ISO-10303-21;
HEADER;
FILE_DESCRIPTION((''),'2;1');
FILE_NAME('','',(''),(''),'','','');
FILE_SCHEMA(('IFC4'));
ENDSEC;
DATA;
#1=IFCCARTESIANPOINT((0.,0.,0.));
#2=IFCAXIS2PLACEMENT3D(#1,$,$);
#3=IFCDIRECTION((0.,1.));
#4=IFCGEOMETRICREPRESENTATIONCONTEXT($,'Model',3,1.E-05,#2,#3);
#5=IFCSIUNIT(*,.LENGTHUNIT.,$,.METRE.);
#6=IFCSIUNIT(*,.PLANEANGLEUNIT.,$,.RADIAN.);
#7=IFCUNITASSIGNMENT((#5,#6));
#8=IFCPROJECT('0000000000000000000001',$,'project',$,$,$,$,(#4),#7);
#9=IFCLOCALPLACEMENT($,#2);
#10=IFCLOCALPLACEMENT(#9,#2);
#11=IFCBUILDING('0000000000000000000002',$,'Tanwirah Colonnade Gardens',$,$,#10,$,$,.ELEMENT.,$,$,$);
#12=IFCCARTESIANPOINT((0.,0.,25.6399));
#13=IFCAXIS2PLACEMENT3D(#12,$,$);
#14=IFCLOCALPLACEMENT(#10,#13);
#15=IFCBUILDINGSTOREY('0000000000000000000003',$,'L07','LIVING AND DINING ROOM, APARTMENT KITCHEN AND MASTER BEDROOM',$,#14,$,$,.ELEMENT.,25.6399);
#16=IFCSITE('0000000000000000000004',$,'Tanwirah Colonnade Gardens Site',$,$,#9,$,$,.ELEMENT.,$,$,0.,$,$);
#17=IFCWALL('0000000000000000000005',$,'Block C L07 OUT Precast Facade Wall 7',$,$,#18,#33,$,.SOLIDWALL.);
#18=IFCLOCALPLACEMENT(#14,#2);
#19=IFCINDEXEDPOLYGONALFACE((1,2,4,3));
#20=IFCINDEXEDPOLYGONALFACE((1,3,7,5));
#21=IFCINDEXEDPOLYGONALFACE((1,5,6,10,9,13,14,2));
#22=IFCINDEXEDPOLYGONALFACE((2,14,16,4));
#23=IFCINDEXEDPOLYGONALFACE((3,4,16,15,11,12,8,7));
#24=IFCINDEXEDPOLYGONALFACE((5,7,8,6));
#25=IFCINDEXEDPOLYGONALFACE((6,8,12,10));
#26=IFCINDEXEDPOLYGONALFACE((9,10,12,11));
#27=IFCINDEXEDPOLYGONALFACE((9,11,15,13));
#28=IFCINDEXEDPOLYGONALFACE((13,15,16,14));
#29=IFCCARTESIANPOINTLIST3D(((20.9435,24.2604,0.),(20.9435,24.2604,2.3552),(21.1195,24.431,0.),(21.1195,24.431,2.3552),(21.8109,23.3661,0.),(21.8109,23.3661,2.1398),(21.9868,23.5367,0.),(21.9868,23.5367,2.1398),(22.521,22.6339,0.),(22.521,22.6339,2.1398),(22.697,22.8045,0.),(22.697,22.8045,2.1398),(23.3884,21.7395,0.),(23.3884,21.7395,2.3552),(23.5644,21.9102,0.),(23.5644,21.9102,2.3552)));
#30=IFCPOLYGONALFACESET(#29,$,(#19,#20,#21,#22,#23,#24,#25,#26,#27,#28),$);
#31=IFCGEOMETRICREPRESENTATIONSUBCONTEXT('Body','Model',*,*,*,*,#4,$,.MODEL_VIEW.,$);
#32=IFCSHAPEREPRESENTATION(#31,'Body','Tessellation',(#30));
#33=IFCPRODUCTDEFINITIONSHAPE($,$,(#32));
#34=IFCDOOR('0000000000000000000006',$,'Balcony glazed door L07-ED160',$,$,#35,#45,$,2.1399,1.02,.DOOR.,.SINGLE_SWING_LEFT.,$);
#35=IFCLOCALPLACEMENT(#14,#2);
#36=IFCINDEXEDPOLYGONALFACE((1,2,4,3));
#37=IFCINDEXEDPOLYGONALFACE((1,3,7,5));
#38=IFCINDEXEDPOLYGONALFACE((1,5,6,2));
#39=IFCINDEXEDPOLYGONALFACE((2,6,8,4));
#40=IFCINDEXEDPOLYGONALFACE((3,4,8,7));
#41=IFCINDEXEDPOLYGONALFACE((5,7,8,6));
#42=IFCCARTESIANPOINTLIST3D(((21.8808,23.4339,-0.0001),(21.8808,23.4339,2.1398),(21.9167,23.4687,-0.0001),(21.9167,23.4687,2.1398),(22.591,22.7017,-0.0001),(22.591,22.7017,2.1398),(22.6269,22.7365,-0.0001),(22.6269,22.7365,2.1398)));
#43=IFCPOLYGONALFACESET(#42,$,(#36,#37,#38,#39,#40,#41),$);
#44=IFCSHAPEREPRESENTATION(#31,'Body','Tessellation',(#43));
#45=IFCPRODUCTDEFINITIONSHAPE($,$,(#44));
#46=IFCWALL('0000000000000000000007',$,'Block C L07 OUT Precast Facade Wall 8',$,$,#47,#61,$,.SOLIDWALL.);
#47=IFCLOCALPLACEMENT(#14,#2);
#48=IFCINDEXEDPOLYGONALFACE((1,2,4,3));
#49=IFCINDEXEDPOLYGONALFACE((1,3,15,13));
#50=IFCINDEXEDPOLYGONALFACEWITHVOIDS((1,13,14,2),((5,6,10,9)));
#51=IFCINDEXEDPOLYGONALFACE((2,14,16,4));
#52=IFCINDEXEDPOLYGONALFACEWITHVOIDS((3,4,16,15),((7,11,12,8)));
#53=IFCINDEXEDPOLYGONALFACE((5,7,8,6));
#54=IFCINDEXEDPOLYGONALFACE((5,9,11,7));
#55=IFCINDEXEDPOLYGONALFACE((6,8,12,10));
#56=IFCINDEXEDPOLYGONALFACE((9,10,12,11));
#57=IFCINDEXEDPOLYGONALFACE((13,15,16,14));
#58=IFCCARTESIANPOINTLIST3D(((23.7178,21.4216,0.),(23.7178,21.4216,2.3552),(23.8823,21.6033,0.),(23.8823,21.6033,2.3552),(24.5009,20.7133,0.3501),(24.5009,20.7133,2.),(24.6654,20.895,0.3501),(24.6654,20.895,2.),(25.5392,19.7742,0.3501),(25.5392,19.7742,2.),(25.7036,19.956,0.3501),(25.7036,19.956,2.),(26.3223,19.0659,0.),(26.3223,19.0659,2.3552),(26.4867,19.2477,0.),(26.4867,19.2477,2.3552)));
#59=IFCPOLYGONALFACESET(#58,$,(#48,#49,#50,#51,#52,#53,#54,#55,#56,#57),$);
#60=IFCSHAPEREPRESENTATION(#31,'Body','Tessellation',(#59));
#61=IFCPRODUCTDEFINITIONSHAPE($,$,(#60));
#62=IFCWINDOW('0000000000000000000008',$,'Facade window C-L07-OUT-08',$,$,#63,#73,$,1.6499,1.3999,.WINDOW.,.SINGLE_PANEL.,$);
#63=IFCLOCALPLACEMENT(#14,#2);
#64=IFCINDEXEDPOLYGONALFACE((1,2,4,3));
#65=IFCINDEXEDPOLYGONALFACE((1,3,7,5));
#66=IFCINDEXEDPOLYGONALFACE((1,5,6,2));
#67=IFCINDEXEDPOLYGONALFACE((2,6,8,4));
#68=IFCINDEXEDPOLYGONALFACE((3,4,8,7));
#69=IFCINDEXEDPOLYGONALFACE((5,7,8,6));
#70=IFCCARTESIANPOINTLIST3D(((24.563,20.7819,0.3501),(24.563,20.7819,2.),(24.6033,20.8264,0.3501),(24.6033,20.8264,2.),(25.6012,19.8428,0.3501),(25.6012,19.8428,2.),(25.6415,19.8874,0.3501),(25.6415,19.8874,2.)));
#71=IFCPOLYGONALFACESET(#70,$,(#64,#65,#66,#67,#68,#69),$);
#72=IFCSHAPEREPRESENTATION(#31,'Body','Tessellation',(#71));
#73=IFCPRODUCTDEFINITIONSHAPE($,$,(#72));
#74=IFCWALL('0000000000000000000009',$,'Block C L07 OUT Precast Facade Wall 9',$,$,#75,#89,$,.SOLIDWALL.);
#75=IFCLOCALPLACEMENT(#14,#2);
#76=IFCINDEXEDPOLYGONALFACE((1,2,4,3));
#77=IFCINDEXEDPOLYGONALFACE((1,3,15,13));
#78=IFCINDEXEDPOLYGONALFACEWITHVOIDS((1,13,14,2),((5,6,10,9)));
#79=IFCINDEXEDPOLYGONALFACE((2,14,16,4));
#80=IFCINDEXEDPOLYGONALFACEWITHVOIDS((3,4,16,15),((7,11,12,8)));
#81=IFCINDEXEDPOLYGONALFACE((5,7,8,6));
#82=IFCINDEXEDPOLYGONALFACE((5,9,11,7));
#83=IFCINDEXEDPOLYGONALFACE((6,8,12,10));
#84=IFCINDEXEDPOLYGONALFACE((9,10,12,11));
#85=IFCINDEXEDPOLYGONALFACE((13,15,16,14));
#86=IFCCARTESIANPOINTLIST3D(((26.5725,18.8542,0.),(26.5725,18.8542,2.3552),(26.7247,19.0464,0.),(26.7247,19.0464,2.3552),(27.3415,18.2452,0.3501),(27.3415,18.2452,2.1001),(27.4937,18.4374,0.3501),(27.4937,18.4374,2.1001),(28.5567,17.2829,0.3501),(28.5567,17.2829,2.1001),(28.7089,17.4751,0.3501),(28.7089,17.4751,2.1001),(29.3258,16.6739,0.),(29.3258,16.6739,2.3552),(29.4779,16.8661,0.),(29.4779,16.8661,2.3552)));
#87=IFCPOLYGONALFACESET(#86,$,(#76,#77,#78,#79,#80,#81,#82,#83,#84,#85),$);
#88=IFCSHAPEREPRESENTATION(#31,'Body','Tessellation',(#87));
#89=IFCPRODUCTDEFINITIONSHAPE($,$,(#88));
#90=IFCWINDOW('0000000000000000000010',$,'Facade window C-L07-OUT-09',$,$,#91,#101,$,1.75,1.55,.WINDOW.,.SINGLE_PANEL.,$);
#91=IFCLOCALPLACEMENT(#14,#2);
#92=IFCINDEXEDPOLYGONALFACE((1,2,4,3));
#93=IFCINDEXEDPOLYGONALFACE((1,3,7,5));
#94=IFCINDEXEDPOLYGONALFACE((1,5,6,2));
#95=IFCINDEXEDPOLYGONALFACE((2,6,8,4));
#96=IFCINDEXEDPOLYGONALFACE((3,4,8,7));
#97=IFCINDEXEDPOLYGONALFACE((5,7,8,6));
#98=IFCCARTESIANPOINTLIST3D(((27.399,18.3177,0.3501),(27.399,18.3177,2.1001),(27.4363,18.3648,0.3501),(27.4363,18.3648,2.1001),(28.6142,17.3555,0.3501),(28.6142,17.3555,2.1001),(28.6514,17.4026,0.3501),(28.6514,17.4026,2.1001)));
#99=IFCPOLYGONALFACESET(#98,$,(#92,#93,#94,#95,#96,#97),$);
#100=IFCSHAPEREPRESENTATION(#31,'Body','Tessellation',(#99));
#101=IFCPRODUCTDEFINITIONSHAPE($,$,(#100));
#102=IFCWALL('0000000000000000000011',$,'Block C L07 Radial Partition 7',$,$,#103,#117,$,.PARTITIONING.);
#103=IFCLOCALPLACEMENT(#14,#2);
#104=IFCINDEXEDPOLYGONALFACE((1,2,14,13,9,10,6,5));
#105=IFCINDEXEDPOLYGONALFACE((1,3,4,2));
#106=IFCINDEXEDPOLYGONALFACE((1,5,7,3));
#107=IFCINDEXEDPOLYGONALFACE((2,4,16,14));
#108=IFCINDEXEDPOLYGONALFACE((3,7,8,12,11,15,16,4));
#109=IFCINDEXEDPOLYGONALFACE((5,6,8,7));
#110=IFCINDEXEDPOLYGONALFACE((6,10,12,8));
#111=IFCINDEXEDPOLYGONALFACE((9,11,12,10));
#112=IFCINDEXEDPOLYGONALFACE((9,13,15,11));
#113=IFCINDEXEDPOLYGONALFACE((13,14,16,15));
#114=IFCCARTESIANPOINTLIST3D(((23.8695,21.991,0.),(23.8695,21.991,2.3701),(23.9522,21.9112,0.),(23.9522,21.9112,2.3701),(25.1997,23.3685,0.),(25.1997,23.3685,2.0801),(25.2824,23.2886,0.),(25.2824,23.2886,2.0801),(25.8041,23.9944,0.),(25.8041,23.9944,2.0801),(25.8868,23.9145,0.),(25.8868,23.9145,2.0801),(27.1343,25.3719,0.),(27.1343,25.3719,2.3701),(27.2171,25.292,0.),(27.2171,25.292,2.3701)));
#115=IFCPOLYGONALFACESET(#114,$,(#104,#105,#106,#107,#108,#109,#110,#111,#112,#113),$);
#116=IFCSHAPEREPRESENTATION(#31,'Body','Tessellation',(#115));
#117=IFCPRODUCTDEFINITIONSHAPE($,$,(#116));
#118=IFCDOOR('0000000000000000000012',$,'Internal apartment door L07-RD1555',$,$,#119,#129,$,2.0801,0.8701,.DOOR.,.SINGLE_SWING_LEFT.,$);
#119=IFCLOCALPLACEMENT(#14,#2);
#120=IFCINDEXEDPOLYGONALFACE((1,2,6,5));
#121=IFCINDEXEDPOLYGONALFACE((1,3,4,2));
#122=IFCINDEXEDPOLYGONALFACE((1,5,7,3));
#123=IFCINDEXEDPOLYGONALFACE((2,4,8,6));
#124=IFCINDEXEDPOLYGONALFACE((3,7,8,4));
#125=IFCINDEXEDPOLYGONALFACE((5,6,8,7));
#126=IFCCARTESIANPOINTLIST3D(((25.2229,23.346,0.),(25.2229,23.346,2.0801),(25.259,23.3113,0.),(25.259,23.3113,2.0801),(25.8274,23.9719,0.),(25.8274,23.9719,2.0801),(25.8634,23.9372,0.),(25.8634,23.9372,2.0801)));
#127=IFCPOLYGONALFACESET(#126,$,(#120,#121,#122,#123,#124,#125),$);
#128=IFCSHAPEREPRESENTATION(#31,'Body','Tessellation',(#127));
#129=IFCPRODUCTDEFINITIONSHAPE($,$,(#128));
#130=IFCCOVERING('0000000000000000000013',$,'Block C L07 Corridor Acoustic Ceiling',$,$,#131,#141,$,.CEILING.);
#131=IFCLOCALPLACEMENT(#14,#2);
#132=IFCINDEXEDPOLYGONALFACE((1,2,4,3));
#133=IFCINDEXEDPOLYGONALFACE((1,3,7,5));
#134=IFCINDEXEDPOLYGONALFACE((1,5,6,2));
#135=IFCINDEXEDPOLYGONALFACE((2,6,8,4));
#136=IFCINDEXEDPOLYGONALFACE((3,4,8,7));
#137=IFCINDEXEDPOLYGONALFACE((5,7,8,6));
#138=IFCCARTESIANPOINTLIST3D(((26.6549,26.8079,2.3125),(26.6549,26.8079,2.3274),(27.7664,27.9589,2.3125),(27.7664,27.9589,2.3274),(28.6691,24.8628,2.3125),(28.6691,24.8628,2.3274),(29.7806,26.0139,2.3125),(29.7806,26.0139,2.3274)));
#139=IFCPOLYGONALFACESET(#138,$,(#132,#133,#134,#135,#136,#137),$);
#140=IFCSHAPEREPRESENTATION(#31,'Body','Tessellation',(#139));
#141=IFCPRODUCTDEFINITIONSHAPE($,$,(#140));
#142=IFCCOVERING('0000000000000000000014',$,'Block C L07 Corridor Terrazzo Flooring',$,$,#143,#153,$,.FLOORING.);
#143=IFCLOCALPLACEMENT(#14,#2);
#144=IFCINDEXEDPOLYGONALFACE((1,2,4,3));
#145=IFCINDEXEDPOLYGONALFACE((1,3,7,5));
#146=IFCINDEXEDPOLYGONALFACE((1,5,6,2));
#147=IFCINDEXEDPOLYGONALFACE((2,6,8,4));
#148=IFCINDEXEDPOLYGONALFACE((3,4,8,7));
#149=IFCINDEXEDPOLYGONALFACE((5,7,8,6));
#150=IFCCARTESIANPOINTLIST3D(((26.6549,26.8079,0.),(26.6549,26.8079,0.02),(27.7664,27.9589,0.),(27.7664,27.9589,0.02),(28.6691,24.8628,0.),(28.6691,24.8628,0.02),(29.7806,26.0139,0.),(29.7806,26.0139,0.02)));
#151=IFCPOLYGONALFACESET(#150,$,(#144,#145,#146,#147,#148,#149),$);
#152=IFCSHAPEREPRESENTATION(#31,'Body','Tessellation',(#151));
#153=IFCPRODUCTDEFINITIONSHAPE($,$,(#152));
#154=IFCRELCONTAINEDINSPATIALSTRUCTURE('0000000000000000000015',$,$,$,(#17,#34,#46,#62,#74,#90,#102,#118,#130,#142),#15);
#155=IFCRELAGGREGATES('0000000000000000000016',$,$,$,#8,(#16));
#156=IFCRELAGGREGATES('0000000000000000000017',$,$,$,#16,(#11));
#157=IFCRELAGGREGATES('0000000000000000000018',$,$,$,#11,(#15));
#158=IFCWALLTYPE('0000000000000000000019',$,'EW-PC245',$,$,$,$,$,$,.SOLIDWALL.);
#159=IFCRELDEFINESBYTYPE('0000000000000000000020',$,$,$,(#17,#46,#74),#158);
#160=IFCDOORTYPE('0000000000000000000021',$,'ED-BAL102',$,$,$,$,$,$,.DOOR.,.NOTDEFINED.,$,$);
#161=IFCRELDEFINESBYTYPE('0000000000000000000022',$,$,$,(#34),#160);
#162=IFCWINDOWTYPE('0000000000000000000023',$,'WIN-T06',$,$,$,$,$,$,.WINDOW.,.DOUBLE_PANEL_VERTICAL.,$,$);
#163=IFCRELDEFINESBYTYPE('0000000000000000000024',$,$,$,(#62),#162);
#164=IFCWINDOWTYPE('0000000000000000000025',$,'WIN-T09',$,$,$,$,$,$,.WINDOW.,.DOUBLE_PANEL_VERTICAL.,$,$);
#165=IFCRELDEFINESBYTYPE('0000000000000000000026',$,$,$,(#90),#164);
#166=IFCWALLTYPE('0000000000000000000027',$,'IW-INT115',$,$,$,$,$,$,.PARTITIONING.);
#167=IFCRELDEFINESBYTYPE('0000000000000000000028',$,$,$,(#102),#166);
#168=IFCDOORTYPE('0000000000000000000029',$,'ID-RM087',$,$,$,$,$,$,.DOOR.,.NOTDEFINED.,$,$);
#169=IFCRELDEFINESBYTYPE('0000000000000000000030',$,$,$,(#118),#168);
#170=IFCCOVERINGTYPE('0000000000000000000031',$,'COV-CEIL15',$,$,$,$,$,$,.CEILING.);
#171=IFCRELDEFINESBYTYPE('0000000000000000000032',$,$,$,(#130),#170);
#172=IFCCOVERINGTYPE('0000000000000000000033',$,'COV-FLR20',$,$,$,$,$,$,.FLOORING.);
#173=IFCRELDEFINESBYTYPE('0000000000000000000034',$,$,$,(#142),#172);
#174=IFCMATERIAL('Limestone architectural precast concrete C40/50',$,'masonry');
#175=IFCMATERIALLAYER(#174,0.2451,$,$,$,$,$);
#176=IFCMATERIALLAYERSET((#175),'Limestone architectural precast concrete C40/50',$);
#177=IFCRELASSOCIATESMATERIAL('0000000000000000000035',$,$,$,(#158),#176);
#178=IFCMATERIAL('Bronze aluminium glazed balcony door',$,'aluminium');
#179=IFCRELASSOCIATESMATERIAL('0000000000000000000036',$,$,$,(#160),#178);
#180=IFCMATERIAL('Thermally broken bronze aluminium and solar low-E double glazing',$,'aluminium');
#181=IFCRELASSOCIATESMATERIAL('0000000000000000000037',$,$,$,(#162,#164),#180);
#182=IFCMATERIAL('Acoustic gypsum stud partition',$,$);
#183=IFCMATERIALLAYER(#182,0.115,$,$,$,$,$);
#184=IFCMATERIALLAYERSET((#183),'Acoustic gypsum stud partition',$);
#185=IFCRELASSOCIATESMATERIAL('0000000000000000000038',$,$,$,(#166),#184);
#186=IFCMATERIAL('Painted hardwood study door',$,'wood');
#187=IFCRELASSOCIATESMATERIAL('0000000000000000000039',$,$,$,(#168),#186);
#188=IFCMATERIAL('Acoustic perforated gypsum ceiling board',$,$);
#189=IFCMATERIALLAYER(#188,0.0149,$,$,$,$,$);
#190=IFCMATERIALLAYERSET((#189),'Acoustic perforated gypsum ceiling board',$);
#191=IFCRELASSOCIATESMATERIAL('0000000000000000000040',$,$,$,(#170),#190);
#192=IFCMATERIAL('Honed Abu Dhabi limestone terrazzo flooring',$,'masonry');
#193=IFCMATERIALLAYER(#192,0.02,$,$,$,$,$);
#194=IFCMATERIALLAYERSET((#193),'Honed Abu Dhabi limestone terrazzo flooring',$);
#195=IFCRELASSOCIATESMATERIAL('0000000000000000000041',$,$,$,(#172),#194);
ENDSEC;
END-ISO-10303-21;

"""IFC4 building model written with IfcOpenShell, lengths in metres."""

from ifc_helpers import new_model, si_unit, direction, frame, frame_2d, origin, origin_2d, place, context, subcontext, project, spatial, rectangle, extrude, material, layer, layer_set, type_object, element, fill, save


model = new_model("IFC4")

# Units and contexts
model_context = context("Model", 3, precision=1e-05, world=origin(), true_north=direction((0.0, 1.0)))
body_context = subcontext(model_context, "Body", "Model", "MODEL_VIEW")
ifc_project = project(units=[si_unit("LENGTHUNIT", "METRE"), si_unit("PLANEANGLEUNIT", "RADIAN")], contexts=[model_context])

# Site, building, storey
site_placement = place(None, origin())
site = spatial("IfcSite", under=ifc_project, at=site_placement, Name="Tanwirah Colonnade Gardens Site", CompositionType="ELEMENT", RefElevation=0.0)
building_placement = place(site_placement, origin())
building = spatial("IfcBuilding", under=site, at=building_placement, Name="Tanwirah Colonnade Gardens", CompositionType="ELEMENT")
storey_placement = place(building_placement, frame((0.0, 0.0, 25.6399)))
storey = spatial("IfcBuildingStorey", under=building, at=storey_placement, Name="L07", Description="LIVING AND DINING ROOM, APARTMENT KITCHEN AND MASTER BEDROOM", CompositionType="ELEMENT", Elevation=25.6399)

# Wall, opening, door
ifc_material_1 = material(Name="Limestone architectural precast concrete C40/50", Category="masonry")
ifc_layer_1 = layer(ifc_material_1, 0.2451)
ifc_layer_set_1 = layer_set([ifc_layer_1], Name="Limestone architectural precast concrete C40/50")
wall_type_1 = type_object("IfcWallType", Name="EW-PC245", PredefinedType="SOLIDWALL", material=ifc_layer_set_1)
wall_1_placement = place(storey_placement, frame((21.0315, 24.3457, 0.0), z_axis=(0.0, 0.0, 1.0), x_axis=(0.696213, -0.717835, 0.0)))
wall_1 = element("IfcWall", 1, at=wall_1_placement, inside=storey, type_object=wall_type_1, Name="Block C L07 OUT Precast Facade Wall 7", PredefinedType="SOLIDWALL", context=body_context, shape_type="SweptSolid", body=[
    extrude(rectangle(XDim=3.5117, YDim=0.2451, at=frame_2d((1.7559, 0.0))), origin(), (0.0, 0.0, 1.0), 2.3552),
])
opening_1_placement = place(wall_1_placement, frame((1.2458, 0.0, 0.0)))
opening_1 = element("IfcOpeningElement", 2, at=opening_1_placement, cuts=wall_1, PredefinedType="OPENING", context=body_context, shape_type="SweptSolid", body=[
    extrude(rectangle(XDim=1.02, YDim=2.1399, at=frame_2d((0.51, 1.0698))), frame((0.0, 0.1326, 0.0), z_axis=(0.0, -1.0, 0.0), x_axis=(1.0, 0.0, 0.0)), (0.0, 0.0, 1.0), 0.2651),
])
ifc_material_2 = material(Name="Bronze aluminium glazed balcony door", Category="aluminium")
door_type_1 = type_object("IfcDoorType", Name="ED-BAL102", OperationType="NOTDEFINED", PredefinedType="DOOR", material=ifc_material_2)
door_1_placement = place(opening_1_placement, origin())
door_1 = element("IfcDoor", 3, at=door_1_placement, inside=storey, type_object=door_type_1, Name="Balcony glazed door L07-ED160", OperationType="SINGLE_SWING_LEFT", OverallHeight=2.1399, OverallWidth=1.02, PredefinedType="DOOR", context=body_context, shape_type="SweptSolid", body=[
    extrude(rectangle(XDim=1.02, YDim=2.1399, at=frame_2d((0.51, 1.0698))), frame((0.0, 0.0249, 0.0), z_axis=(0.0, -1.0, 0.0), x_axis=(1.0, 0.0, 0.0)), (0.0, 0.0, 1.0), 0.05),
])
fill(opening_1, door_1)

# Walls, openings, windows
wall_2_placement = place(storey_placement, frame((23.8, 21.5125, 0.0), z_axis=(0.0, 0.0, 1.0), x_axis=(0.74164, -0.670799, 0.0)))
wall_2 = element("IfcWall", 4, at=wall_2_placement, inside=storey, type_object=wall_type_1, Name="Block C L07 OUT Precast Facade Wall 8", PredefinedType="SOLIDWALL", context=body_context, shape_type="SweptSolid", body=[
    extrude(rectangle(XDim=3.5117, YDim=0.2451, at=frame_2d((1.7559, 0.0))), origin(), (0.0, 0.0, 1.0), 2.3552),
])
opening_2_placement = place(wall_2_placement, frame((1.0559, 0.0, 0.3501)))
opening_2 = element("IfcOpeningElement", 5, at=opening_2_placement, cuts=wall_2, PredefinedType="OPENING", context=body_context, shape_type="SweptSolid", body=[
    extrude(rectangle(XDim=1.3999, YDim=1.6499, at=frame_2d((0.7, 0.825))), frame((0.0, 0.1326, 0.0), z_axis=(0.0, -1.0, 0.0), x_axis=(1.0, 0.0, 0.0)), (0.0, 0.0, 1.0), 0.2651),
])
ifc_material_3 = material(Name="Thermally broken bronze aluminium and solar low-E double glazing", Category="aluminium")
window_type_1 = type_object("IfcWindowType", Name="WIN-T06", PartitioningType="DOUBLE_PANEL_VERTICAL", PredefinedType="WINDOW", material=ifc_material_3)
window_1_placement = place(opening_2_placement, origin())
window_1 = element("IfcWindow", 6, at=window_1_placement, inside=storey, type_object=window_type_1, Name="Facade window C-L07-OUT-08", OverallHeight=1.6499, OverallWidth=1.3999, PartitioningType="SINGLE_PANEL", PredefinedType="WINDOW", context=body_context, shape_type="SweptSolid", body=[
    extrude(rectangle(XDim=1.3999, YDim=1.6499, at=frame_2d((0.7, 0.825))), frame((0.0, 0.03, 0.0), z_axis=(0.0, -1.0, 0.0), x_axis=(1.0, 0.0, 0.0)), (0.0, 0.0, 1.0), 0.0601),
])
fill(opening_2, window_1)
wall_3_placement = place(storey_placement, frame((26.6487, 18.9502, 0.0), z_axis=(0.0, 0.0, 1.0), x_axis=(0.783965, -0.620804, 0.0)))
wall_3 = element("IfcWall", 7, at=wall_3_placement, inside=storey, type_object=wall_type_1, Name="Block C L07 OUT Precast Facade Wall 9", PredefinedType="SOLIDWALL", context=body_context, shape_type="SweptSolid", body=[
    extrude(rectangle(XDim=3.512, YDim=0.2451, at=frame_2d((1.7559, 0.0))), origin(), (0.0, 0.0, 1.0), 2.3552),
])
opening_3_placement = place(wall_3_placement, frame((0.981, 0.0, 0.3501)))
opening_3 = element("IfcOpeningElement", 8, at=opening_3_placement, cuts=wall_3, PredefinedType="OPENING", context=body_context, shape_type="SweptSolid", body=[
    extrude(rectangle(XDim=1.55, YDim=1.75, at=frame_2d((0.7749, 0.875))), frame((0.0, 0.1326, 0.0), z_axis=(0.0, -1.0, 0.0), x_axis=(1.0, 0.0, 0.0)), (0.0, 0.0, 1.0), 0.2651),
])
window_type_2 = type_object("IfcWindowType", Name="WIN-T09", PartitioningType="DOUBLE_PANEL_VERTICAL", PredefinedType="WINDOW", material=ifc_material_3)
window_2_placement = place(opening_3_placement, origin())
window_2 = element("IfcWindow", 9, at=window_2_placement, inside=storey, type_object=window_type_2, Name="Facade window C-L07-OUT-09", OverallHeight=1.75, OverallWidth=1.55, PartitioningType="SINGLE_PANEL", PredefinedType="WINDOW", context=body_context, shape_type="SweptSolid", body=[
    extrude(rectangle(XDim=1.55, YDim=1.75, at=frame_2d((0.7749, 0.875))), frame((0.0, 0.03, 0.0), z_axis=(0.0, -1.0, 0.0), x_axis=(1.0, 0.0, 0.0)), (0.0, 0.0, 1.0), 0.0601),
])
fill(opening_3, window_2)

# Wall, opening, door
ifc_material_4 = material(Name="Acoustic gypsum stud partition")
ifc_layer_2 = layer(ifc_material_4, 0.115)
ifc_layer_set_2 = layer_set([ifc_layer_2], Name="Acoustic gypsum stud partition")
wall_type_2 = type_object("IfcWallType", Name="IW-INT115", PredefinedType="PARTITIONING", material=ifc_layer_set_2)
wall_4_placement = place(storey_placement, frame((27.1758, 25.332, 0.0), z_axis=(0.0, 0.0, 1.0), x_axis=(-0.694662, -0.719336, 0.0)))
wall_4 = element("IfcWall", 10, at=wall_4_placement, inside=storey, type_object=wall_type_2, Name="Block C L07 Radial Partition 7", PredefinedType="PARTITIONING", context=body_context, shape_type="SweptSolid", body=[
    extrude(rectangle(XDim=4.7, YDim=0.115, at=frame_2d((2.3501, 0.0))), origin(), (0.0, 0.0, 1.0), 2.3701),
])
opening_4_placement = place(wall_4_placement, frame((1.915, 0.0, 0.0)))
opening_4 = element("IfcOpeningElement", 11, at=opening_4_placement, cuts=wall_4, PredefinedType="OPENING", context=body_context, shape_type="SweptSolid", body=[
    extrude(rectangle(XDim=0.8701, YDim=2.0801, at=frame_2d((0.4351, 1.04))), frame((0.0, 0.0674, 0.0), z_axis=(0.0, -1.0, 0.0), x_axis=(1.0, 0.0, 0.0)), (0.0, 0.0, 1.0), 0.135),
])
ifc_material_5 = material(Name="Painted hardwood study door", Category="wood")
door_type_2 = type_object("IfcDoorType", Name="ID-RM087", OperationType="NOTDEFINED", PredefinedType="DOOR", material=ifc_material_5)
door_2_placement = place(opening_4_placement, origin())
door_2 = element("IfcDoor", 12, at=door_2_placement, inside=storey, type_object=door_type_2, Name="Internal apartment door L07-RD1555", OperationType="SINGLE_SWING_LEFT", OverallHeight=2.0801, OverallWidth=0.8701, PredefinedType="DOOR", context=body_context, shape_type="SweptSolid", body=[
    extrude(rectangle(XDim=0.8701, YDim=2.0801, at=frame_2d((0.4351, 1.04))), frame((0.0, 0.0249, 0.0), z_axis=(0.0, -1.0, 0.0), x_axis=(1.0, 0.0, 0.0)), (0.0, 0.0, 1.0), 0.05),
])
fill(opening_4, door_2)

# Coverings
ifc_material_6 = material(Name="Acoustic perforated gypsum ceiling board")
ifc_layer_3 = layer(ifc_material_6, 0.0149)
ifc_layer_set_3 = layer_set([ifc_layer_3], Name="Acoustic perforated gypsum ceiling board")
covering_type_1 = type_object("IfcCoveringType", Name="COV-CEIL15", PredefinedType="CEILING", material=ifc_layer_set_3)
covering_1_placement = place(storey_placement, frame((28.2178, 26.4109, 2.3125), z_axis=(0.0, 0.0, 1.0), x_axis=(0.71934, -0.694658, 0.0)))
element("IfcCovering", 13, at=covering_1_placement, inside=storey, type_object=covering_type_1, Name="Block C L07 Corridor Acoustic Ceiling", PredefinedType="CEILING", context=body_context, shape_type="SweptSolid", body=[
    extrude(rectangle(XDim=2.8, YDim=1.6001, at=origin_2d()), origin(), (0.0, 0.0, 1.0), 0.0149),
])
ifc_material_7 = material(Name="Honed Abu Dhabi limestone terrazzo flooring", Category="masonry")
ifc_layer_4 = layer(ifc_material_7, 0.02)
ifc_layer_set_4 = layer_set([ifc_layer_4], Name="Honed Abu Dhabi limestone terrazzo flooring")
covering_type_2 = type_object("IfcCoveringType", Name="COV-FLR20", PredefinedType="FLOORING", material=ifc_layer_set_4)
covering_2_placement = place(storey_placement, frame((28.2178, 26.4109, 0.0), z_axis=(0.0, 0.0, 1.0), x_axis=(0.71934, -0.694658, 0.0)))
element("IfcCovering", 14, at=covering_2_placement, inside=storey, type_object=covering_type_2, Name="Block C L07 Corridor Terrazzo Flooring", PredefinedType="FLOORING", context=body_context, shape_type="SweptSolid", body=[
    extrude(rectangle(XDim=2.8, YDim=1.6001, at=origin_2d()), origin(), (0.0, 0.0, 1.0), 0.02),
])

save(model, "model.ifc")
